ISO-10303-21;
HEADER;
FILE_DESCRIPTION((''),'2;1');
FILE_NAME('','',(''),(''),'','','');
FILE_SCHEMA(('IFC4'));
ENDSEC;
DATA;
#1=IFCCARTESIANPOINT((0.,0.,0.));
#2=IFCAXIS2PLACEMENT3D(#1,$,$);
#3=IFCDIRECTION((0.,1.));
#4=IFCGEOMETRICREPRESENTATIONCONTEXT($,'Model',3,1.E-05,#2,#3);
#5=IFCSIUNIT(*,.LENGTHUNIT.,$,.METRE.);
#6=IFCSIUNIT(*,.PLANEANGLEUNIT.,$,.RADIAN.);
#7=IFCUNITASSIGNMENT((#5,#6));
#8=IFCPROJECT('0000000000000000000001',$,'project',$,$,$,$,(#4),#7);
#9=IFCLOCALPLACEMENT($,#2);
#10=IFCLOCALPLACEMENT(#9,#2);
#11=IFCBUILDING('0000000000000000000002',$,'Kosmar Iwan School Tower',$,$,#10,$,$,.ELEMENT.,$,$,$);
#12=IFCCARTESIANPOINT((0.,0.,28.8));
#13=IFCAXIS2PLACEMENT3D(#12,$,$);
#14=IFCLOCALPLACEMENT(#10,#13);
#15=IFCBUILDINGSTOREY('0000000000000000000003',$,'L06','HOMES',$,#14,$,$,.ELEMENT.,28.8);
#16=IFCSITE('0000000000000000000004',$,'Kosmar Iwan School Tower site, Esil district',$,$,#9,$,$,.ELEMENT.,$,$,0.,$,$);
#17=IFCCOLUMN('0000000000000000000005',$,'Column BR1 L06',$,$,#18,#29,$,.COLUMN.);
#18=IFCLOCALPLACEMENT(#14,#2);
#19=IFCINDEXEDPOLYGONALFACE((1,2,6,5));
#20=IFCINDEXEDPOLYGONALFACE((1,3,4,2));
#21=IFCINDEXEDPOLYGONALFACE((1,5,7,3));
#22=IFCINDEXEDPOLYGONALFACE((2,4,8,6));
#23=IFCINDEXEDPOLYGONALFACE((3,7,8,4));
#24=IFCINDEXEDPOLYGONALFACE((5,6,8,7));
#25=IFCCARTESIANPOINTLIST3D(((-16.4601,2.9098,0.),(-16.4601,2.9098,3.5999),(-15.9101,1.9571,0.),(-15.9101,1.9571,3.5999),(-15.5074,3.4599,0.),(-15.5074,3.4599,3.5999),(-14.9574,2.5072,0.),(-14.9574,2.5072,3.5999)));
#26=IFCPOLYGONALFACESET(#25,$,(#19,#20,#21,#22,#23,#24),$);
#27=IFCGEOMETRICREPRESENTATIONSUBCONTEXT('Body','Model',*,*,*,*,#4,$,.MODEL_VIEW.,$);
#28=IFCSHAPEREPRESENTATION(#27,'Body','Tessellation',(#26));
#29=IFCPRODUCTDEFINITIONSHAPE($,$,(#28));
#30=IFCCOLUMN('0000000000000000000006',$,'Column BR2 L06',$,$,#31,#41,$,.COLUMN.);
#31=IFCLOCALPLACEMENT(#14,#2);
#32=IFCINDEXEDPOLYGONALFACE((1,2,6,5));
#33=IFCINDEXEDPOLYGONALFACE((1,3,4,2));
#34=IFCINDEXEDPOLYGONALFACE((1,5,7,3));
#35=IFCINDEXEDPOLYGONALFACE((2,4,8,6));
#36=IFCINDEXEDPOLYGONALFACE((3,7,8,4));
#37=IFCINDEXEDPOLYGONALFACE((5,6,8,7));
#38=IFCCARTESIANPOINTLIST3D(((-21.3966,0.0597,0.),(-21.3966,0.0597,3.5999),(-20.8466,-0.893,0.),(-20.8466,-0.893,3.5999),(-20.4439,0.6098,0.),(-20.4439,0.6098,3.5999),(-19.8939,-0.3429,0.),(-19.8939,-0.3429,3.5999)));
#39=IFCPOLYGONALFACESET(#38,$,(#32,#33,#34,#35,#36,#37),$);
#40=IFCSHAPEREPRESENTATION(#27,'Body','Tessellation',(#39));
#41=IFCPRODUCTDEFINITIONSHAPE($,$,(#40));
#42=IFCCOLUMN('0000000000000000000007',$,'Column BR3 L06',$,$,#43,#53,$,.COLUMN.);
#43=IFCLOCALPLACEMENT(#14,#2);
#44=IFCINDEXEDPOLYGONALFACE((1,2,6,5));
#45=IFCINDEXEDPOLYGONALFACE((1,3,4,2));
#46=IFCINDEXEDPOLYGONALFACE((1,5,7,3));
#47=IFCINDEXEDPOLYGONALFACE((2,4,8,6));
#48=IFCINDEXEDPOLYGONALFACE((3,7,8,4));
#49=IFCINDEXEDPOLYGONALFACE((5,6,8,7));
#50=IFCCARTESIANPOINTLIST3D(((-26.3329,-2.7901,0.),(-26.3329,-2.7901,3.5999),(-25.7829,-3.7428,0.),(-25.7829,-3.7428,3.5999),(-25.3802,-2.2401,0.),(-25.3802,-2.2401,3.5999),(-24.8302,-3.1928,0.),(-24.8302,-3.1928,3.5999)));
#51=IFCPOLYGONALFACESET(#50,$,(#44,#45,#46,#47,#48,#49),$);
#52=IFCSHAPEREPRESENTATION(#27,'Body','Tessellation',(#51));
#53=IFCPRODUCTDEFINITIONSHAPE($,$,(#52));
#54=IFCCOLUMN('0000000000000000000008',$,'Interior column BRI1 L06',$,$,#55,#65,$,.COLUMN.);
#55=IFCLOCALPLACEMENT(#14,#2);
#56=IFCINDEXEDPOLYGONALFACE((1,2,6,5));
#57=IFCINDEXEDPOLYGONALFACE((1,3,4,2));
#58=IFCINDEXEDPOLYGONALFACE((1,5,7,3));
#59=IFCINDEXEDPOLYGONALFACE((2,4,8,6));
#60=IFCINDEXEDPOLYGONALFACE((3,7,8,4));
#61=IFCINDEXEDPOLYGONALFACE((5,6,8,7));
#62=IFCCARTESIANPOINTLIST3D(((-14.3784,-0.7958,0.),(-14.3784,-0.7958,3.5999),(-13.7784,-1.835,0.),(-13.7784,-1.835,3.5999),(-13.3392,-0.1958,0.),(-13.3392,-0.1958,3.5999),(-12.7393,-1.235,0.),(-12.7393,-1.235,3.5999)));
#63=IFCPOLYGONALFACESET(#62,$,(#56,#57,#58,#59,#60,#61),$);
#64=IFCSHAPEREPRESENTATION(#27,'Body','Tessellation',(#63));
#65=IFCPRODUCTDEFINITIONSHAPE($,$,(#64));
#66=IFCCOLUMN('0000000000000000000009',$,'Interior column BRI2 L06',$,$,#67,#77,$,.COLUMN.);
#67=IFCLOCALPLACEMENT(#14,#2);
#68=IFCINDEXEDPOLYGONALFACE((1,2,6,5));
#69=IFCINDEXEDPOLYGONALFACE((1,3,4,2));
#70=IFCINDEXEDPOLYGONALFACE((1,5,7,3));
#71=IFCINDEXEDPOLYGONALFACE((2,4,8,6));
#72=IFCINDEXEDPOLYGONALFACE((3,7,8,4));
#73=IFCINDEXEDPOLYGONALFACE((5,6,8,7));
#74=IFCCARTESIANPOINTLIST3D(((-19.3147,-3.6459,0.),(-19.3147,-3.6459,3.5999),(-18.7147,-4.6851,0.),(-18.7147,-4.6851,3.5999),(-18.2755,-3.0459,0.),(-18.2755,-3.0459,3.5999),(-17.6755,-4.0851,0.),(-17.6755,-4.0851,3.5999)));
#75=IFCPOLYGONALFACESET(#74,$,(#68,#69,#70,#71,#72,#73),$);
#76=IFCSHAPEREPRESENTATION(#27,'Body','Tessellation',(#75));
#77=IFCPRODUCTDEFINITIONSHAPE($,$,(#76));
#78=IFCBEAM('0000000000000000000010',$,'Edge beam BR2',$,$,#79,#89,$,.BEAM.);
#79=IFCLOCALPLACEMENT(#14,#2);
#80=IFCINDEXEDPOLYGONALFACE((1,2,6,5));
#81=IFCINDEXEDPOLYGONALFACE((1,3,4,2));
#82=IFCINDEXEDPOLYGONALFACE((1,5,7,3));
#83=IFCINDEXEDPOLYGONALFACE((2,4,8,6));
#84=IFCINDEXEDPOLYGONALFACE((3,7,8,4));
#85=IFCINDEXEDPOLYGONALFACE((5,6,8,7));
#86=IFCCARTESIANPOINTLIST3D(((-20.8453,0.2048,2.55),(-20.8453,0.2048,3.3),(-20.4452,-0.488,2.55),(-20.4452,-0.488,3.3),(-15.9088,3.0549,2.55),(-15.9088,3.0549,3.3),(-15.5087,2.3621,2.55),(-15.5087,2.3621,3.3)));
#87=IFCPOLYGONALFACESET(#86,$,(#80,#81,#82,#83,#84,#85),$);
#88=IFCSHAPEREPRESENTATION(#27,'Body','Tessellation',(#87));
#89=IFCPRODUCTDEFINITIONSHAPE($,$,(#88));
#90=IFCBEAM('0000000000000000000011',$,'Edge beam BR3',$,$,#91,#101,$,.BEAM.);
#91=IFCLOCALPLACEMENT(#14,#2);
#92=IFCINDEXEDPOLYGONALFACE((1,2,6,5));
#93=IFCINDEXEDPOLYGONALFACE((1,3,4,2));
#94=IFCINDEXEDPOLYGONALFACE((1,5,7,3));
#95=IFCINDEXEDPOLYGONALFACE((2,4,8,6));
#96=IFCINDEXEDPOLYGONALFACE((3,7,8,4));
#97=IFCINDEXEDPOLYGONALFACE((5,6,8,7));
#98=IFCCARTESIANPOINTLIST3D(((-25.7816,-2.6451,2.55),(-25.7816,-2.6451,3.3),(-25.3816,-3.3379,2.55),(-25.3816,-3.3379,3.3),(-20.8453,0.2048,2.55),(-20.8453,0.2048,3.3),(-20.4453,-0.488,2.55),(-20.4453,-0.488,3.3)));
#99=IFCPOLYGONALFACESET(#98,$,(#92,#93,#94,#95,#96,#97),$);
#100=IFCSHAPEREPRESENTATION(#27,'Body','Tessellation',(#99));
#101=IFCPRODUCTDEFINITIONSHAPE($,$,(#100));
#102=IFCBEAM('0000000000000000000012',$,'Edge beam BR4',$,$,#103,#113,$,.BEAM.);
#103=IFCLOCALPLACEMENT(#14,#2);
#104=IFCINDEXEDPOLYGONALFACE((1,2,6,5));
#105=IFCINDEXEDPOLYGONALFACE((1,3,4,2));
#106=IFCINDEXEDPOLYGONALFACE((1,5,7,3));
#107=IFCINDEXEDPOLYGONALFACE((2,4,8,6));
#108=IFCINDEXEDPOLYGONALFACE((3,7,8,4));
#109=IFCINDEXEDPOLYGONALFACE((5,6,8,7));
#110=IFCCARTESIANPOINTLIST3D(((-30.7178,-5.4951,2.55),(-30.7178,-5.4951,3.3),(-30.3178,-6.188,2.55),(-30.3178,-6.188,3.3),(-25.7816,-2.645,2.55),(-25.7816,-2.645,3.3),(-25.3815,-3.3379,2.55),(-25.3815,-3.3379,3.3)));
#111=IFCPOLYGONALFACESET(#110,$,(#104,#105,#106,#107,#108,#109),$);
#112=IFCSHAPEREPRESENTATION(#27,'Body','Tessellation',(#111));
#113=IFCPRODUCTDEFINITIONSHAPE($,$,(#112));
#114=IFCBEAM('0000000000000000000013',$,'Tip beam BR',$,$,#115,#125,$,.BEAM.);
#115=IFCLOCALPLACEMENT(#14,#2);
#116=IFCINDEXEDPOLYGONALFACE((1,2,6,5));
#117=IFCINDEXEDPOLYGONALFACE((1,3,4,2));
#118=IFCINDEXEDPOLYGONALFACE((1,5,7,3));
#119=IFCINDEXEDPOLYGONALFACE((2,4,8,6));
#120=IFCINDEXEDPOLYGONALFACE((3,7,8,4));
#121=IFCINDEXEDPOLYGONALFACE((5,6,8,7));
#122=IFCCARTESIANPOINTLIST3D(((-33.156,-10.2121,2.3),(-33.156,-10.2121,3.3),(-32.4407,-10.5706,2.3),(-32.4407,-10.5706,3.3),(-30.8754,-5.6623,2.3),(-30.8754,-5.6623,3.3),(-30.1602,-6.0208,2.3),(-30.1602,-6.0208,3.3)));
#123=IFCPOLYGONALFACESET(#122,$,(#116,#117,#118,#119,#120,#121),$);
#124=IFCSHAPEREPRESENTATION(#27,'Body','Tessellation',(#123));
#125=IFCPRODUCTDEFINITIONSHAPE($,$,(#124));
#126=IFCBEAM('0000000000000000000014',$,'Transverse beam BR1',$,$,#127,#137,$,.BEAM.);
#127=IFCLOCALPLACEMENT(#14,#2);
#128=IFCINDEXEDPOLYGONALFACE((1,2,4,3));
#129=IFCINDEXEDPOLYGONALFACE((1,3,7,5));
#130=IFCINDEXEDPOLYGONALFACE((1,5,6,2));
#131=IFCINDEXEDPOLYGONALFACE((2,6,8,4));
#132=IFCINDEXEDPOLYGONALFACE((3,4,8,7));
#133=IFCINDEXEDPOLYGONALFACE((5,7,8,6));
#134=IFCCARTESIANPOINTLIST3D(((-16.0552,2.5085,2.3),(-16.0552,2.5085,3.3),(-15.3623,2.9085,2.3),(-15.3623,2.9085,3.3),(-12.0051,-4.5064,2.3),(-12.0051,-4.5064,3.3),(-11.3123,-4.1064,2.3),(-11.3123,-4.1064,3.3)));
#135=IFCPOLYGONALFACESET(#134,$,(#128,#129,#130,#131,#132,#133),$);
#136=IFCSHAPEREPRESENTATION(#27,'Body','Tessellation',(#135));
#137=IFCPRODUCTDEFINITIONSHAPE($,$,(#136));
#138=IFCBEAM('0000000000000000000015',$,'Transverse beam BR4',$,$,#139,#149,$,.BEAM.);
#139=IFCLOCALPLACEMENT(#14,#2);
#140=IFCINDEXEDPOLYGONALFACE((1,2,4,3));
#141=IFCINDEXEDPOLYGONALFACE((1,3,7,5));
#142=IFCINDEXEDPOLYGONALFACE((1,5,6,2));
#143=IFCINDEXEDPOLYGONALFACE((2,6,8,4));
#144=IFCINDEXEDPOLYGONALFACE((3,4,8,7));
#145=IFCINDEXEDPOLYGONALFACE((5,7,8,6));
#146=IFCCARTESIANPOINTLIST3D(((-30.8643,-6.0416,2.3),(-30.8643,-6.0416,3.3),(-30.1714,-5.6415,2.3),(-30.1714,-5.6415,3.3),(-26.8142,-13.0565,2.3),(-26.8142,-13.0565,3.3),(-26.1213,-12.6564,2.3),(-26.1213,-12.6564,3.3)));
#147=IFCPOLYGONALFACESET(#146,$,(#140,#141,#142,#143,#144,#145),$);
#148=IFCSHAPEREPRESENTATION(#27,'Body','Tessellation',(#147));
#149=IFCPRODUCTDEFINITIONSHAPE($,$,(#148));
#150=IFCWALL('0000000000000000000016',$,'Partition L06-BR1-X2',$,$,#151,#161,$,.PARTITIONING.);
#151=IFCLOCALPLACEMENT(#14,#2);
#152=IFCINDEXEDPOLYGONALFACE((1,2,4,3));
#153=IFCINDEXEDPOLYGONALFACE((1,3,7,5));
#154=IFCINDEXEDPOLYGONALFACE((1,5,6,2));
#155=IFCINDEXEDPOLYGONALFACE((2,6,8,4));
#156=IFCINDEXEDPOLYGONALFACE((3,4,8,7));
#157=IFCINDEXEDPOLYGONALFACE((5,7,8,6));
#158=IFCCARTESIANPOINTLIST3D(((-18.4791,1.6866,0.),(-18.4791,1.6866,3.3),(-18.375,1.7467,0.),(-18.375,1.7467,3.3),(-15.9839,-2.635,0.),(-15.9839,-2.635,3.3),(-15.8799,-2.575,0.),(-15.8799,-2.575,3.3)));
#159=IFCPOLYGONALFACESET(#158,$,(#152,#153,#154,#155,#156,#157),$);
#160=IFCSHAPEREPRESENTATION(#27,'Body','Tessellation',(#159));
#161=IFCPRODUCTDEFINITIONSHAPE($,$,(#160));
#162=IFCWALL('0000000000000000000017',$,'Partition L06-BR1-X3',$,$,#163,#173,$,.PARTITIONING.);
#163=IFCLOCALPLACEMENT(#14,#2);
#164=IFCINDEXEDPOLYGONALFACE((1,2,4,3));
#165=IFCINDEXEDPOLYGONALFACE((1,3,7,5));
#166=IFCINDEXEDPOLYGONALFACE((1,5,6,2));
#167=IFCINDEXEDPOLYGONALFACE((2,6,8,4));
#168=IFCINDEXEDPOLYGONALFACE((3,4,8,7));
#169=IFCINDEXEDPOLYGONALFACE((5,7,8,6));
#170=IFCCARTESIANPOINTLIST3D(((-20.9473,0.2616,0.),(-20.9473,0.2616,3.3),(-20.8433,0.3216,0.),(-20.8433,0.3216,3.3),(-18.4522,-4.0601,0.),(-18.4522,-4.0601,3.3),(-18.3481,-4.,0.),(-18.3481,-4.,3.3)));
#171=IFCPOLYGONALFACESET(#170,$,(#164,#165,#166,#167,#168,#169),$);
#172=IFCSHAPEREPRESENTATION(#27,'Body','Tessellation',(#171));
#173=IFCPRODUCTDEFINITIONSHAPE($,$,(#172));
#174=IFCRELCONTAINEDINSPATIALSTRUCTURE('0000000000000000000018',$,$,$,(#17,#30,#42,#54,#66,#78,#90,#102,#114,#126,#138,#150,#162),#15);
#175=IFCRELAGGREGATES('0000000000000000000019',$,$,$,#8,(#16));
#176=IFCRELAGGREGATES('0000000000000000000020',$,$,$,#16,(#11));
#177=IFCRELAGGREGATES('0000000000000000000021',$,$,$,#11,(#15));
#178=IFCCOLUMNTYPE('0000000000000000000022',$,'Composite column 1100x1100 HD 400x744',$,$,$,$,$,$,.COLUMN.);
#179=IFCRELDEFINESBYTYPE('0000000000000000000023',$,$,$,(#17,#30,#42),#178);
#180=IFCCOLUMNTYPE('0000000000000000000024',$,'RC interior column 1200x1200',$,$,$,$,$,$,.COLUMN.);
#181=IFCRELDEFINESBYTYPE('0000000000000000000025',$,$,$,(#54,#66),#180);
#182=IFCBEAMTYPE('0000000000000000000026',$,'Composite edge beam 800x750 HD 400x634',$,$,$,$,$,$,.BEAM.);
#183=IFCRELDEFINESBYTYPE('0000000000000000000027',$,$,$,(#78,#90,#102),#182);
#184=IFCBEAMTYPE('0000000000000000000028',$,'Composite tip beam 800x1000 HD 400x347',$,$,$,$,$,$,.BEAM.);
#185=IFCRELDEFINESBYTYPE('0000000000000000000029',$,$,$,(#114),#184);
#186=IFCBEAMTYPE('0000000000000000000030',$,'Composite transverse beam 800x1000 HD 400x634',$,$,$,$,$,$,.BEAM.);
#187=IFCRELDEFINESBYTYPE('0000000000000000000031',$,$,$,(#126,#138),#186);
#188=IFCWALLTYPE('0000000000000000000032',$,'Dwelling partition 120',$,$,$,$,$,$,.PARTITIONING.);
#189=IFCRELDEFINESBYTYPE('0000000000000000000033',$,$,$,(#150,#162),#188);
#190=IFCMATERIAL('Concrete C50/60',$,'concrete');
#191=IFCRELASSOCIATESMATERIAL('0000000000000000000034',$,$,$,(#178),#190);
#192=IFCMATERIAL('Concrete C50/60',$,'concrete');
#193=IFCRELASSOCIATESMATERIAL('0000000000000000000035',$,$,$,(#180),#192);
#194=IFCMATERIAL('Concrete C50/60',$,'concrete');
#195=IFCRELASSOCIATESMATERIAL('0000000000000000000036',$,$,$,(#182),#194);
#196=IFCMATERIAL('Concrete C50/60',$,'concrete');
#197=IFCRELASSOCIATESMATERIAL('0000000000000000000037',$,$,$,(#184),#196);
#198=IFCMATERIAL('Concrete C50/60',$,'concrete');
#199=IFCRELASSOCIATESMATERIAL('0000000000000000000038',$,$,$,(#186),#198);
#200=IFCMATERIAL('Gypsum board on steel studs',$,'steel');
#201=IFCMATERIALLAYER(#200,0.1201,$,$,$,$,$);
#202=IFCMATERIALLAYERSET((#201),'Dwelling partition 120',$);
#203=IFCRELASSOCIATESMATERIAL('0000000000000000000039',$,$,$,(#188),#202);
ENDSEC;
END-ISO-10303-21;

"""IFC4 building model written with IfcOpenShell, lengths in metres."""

from ifc_helpers import new_model, si_unit, direction, frame, frame_2d, origin, origin_2d, place, context, subcontext, project, spatial, rectangle, extrude, material, layer, layer_set, material_profile, profile_set, type_object, element, save


model = new_model("IFC4")

# Units and contexts
model_context = context("Model", 3, precision=1e-05, world=origin(), true_north=direction((0.0, 1.0)))
body_context = subcontext(model_context, "Body", "Model", "MODEL_VIEW")
ifc_project = project(units=[si_unit("LENGTHUNIT", "METRE"), si_unit("PLANEANGLEUNIT", "RADIAN")], contexts=[model_context])

# Site, building, storey
site_placement = place(None, origin())
site = spatial("IfcSite", under=ifc_project, at=site_placement, Name="Kosmar Iwan School Tower site, Esil district", CompositionType="ELEMENT", RefElevation=0.0)
building_placement = place(site_placement, origin())
building = spatial("IfcBuilding", under=site, at=building_placement, Name="Kosmar Iwan School Tower", CompositionType="ELEMENT")
storey_placement = place(building_placement, frame((0.0, 0.0, 28.8)))
storey = spatial("IfcBuildingStorey", under=building, at=storey_placement, Name="L06", Description="HOMES", CompositionType="ELEMENT", Elevation=28.8)

# Columns
ifc_material_1 = material(Name="Concrete C50/60", Category="concrete")
ifc_material_profile_1 = material_profile(ifc_material_1, rectangle(XDim=1.1001, YDim=1.1001, at=origin_2d()), Name="RC 1100x1100 + HD 400x744")
ifc_profile_set_1 = profile_set([ifc_material_profile_1], Name="Concrete C50/60")
column_type_1 = type_object("IfcColumnType", Name="Composite column 1100x1100 HD 400x744", PredefinedType="COLUMN", material=ifc_profile_set_1)
for number, where, z_axis, x_axis, name in (
    (1, (-15.7087, 2.7085, 0.0), (0.0, 0.0, 1.0), (-0.866025, -0.5, 0.0), "Column BR1 L06"),
    (2, (-20.6453, -0.1416, 0.0), (0.0, 0.0, 1.0), (-0.866025, -0.5, 0.0), "Column BR2 L06"),
    (3, (-25.5815, -2.9915, 0.0), (0.0, 0.0, 1.0), (-0.866025, -0.5, 0.0), "Column BR3 L06"),
):
    element("IfcColumn", number, at=place(storey_placement, frame(where, z_axis=z_axis, x_axis=x_axis)), inside=storey, type_object=column_type_1, Name=name, PredefinedType="COLUMN", context=body_context, shape_type="SweptSolid", body=[
        extrude(rectangle(XDim=1.1001, YDim=1.1001, at=origin_2d()), origin(), (0.0, 0.0, 1.0), 3.5999),
    ])
ifc_material_2 = material(Name="Concrete C50/60", Category="concrete")
ifc_material_profile_2 = material_profile(ifc_material_2, rectangle(XDim=1.2, YDim=1.2, at=origin_2d()), Name="RC 1200x1200")
ifc_profile_set_2 = profile_set([ifc_material_profile_2], Name="Concrete C50/60")
column_type_2 = type_object("IfcColumnType", Name="RC interior column 1200x1200", PredefinedType="COLUMN", material=ifc_profile_set_2)
for number, where, z_axis, x_axis, name in (
    (4, (-13.5588, -1.0154, 0.0), (0.0, 0.0, 1.0), (-0.866025, -0.5, 0.0), "Interior column BRI1 L06"),
    (5, (-18.4951, -3.8655, 0.0), (0.0, 0.0, 1.0), (-0.866025, -0.5, 0.0), "Interior column BRI2 L06"),
):
    element("IfcColumn", number, at=place(storey_placement, frame(where, z_axis=z_axis, x_axis=x_axis)), inside=storey, type_object=column_type_2, Name=name, PredefinedType="COLUMN", context=body_context, shape_type="SweptSolid", body=[
        extrude(rectangle(XDim=1.2, YDim=1.2, at=origin_2d()), origin(), (0.0, 0.0, 1.0), 3.5999),
    ])

# Beams
ifc_material_3 = material(Name="Concrete C50/60", Category="concrete")
ifc_material_profile_3 = material_profile(ifc_material_3, rectangle(XDim=0.8, YDim=0.75, at=origin_2d()), Name="RC 800x750 + HD 400x634")
ifc_profile_set_3 = profile_set([ifc_material_profile_3], Name="Concrete C50/60")
beam_type_1 = type_object("IfcBeamType", Name="Composite edge beam 800x750 HD 400x634", PredefinedType="BEAM", material=ifc_profile_set_3)
beam_1_placement = place(storey_placement, frame((-15.7087, 2.7085, 2.925), z_axis=(-0.866026, -0.499999, 0.0), x_axis=(0.499999, -0.866026, 0.0)))
element("IfcBeam", 6, at=beam_1_placement, inside=storey, type_object=beam_type_1, Name="Edge beam BR2", PredefinedType="BEAM", context=body_context, shape_type="SweptSolid", body=[
    extrude(rectangle(XDim=0.8, YDim=0.75, at=origin_2d()), origin(), (0.0, 0.0, 1.0), 5.7002),
])
for number, where, z_axis, x_axis, name in (
    (7, (-20.6453, -0.1416, 2.925), (-0.866034, -0.499986, 0.0), (0.499986, -0.866034, 0.0), "Edge beam BR3"),
    (8, (-25.5815, -2.9915, 2.925), (-0.866015, -0.500018, 0.0), (0.500018, -0.866015, 0.0), "Edge beam BR4"),
):
    element("IfcBeam", number, at=place(storey_placement, frame(where, z_axis=z_axis, x_axis=x_axis)), inside=storey, type_object=beam_type_1, Name=name, PredefinedType="BEAM", context=body_context, shape_type="SweptSolid", body=[
        extrude(rectangle(XDim=0.8, YDim=0.75, at=origin_2d()), origin(), (0.0, 0.0, 1.0), 5.7),
    ])
ifc_material_4 = material(Name="Concrete C50/60", Category="concrete")
ifc_material_profile_4 = material_profile(ifc_material_4, rectangle(XDim=0.8, YDim=1.0, at=origin_2d()), Name="RC 800x1000 + HD 400x347")
ifc_profile_set_4 = profile_set([ifc_material_profile_4], Name="Concrete C50/60")
beam_type_2 = type_object("IfcBeamType", Name="Composite tip beam 800x1000 HD 400x347", PredefinedType="BEAM", material=ifc_profile_set_4)
beam_2_placement = place(storey_placement, frame((-30.5178, -5.8416, 2.8), z_axis=(-0.448096, -0.893985, 0.0), x_axis=(0.893985, -0.448096, 0.0)))
element("IfcBeam", 9, at=beam_2_placement, inside=storey, type_object=beam_type_2, Name="Tip beam BR", PredefinedType="BEAM", context=body_context, shape_type="SweptSolid", body=[
    extrude(rectangle(XDim=0.8, YDim=1.0, at=origin_2d()), origin(), (0.0, 0.0, 1.0), 5.0894),
])
ifc_material_5 = material(Name="Concrete C50/60", Category="concrete")
ifc_material_profile_5 = material_profile(ifc_material_5, rectangle(XDim=0.8, YDim=1.0, at=origin_2d()), Name="RC 800x1000 + HD 400x634")
ifc_profile_set_5 = profile_set([ifc_material_profile_5], Name="Concrete C50/60")
beam_type_3 = type_object("IfcBeamType", Name="Composite transverse beam 800x1000 HD 400x634", PredefinedType="BEAM", material=ifc_profile_set_5)
for number, where, z_axis, x_axis, name in (
    (10, (-15.7087, 2.7085, 2.8), (0.5, -0.866025, 0.0), (0.866025, 0.5, 0.0), "Transverse beam BR1"),
    (11, (-30.5178, -5.8416, 2.8), (0.5, -0.866025, 0.0), (0.866025, 0.5, 0.0), "Transverse beam BR4"),
):
    element("IfcBeam", number, at=place(storey_placement, frame(where, z_axis=z_axis, x_axis=x_axis)), inside=storey, type_object=beam_type_3, Name=name, PredefinedType="BEAM", context=body_context, shape_type="SweptSolid", body=[
        extrude(rectangle(XDim=0.8, YDim=1.0, at=origin_2d()), origin(), (0.0, 0.0, 1.0), 8.1001),
    ])

# Walls
ifc_material_6 = material(Name="Gypsum board on steel studs", Category="steel")
ifc_layer = layer(ifc_material_6, 0.1201)
ifc_layer_set = layer_set([ifc_layer], Name="Dwelling partition 120")
wall_type = type_object("IfcWallType", Name="Dwelling partition 120", PredefinedType="PARTITIONING", material=ifc_layer_set)
for number, where, z_axis, x_axis, name in (
    (12, (-15.9319, -2.605, 0.0), (0.0, 0.0, 1.0), (-0.500012, 0.866019, 0.0), "Partition L06-BR1-X2"),
    (13, (-18.4001, -4.03, 0.0), (0.0, 0.0, 1.0), (-0.500012, 0.866019, 0.0), "Partition L06-BR1-X3"),
):
    element("IfcWall", number, at=place(storey_placement, frame(where, z_axis=z_axis, x_axis=x_axis)), inside=storey, type_object=wall_type, Name=name, PredefinedType="PARTITIONING", context=body_context, shape_type="SweptSolid", body=[
        extrude(rectangle(XDim=4.9902, YDim=0.1201, at=frame_2d((2.4951, 0.0))), origin(), (0.0, 0.0, 1.0), 3.3),
    ])

save(model, "model.ifc")
